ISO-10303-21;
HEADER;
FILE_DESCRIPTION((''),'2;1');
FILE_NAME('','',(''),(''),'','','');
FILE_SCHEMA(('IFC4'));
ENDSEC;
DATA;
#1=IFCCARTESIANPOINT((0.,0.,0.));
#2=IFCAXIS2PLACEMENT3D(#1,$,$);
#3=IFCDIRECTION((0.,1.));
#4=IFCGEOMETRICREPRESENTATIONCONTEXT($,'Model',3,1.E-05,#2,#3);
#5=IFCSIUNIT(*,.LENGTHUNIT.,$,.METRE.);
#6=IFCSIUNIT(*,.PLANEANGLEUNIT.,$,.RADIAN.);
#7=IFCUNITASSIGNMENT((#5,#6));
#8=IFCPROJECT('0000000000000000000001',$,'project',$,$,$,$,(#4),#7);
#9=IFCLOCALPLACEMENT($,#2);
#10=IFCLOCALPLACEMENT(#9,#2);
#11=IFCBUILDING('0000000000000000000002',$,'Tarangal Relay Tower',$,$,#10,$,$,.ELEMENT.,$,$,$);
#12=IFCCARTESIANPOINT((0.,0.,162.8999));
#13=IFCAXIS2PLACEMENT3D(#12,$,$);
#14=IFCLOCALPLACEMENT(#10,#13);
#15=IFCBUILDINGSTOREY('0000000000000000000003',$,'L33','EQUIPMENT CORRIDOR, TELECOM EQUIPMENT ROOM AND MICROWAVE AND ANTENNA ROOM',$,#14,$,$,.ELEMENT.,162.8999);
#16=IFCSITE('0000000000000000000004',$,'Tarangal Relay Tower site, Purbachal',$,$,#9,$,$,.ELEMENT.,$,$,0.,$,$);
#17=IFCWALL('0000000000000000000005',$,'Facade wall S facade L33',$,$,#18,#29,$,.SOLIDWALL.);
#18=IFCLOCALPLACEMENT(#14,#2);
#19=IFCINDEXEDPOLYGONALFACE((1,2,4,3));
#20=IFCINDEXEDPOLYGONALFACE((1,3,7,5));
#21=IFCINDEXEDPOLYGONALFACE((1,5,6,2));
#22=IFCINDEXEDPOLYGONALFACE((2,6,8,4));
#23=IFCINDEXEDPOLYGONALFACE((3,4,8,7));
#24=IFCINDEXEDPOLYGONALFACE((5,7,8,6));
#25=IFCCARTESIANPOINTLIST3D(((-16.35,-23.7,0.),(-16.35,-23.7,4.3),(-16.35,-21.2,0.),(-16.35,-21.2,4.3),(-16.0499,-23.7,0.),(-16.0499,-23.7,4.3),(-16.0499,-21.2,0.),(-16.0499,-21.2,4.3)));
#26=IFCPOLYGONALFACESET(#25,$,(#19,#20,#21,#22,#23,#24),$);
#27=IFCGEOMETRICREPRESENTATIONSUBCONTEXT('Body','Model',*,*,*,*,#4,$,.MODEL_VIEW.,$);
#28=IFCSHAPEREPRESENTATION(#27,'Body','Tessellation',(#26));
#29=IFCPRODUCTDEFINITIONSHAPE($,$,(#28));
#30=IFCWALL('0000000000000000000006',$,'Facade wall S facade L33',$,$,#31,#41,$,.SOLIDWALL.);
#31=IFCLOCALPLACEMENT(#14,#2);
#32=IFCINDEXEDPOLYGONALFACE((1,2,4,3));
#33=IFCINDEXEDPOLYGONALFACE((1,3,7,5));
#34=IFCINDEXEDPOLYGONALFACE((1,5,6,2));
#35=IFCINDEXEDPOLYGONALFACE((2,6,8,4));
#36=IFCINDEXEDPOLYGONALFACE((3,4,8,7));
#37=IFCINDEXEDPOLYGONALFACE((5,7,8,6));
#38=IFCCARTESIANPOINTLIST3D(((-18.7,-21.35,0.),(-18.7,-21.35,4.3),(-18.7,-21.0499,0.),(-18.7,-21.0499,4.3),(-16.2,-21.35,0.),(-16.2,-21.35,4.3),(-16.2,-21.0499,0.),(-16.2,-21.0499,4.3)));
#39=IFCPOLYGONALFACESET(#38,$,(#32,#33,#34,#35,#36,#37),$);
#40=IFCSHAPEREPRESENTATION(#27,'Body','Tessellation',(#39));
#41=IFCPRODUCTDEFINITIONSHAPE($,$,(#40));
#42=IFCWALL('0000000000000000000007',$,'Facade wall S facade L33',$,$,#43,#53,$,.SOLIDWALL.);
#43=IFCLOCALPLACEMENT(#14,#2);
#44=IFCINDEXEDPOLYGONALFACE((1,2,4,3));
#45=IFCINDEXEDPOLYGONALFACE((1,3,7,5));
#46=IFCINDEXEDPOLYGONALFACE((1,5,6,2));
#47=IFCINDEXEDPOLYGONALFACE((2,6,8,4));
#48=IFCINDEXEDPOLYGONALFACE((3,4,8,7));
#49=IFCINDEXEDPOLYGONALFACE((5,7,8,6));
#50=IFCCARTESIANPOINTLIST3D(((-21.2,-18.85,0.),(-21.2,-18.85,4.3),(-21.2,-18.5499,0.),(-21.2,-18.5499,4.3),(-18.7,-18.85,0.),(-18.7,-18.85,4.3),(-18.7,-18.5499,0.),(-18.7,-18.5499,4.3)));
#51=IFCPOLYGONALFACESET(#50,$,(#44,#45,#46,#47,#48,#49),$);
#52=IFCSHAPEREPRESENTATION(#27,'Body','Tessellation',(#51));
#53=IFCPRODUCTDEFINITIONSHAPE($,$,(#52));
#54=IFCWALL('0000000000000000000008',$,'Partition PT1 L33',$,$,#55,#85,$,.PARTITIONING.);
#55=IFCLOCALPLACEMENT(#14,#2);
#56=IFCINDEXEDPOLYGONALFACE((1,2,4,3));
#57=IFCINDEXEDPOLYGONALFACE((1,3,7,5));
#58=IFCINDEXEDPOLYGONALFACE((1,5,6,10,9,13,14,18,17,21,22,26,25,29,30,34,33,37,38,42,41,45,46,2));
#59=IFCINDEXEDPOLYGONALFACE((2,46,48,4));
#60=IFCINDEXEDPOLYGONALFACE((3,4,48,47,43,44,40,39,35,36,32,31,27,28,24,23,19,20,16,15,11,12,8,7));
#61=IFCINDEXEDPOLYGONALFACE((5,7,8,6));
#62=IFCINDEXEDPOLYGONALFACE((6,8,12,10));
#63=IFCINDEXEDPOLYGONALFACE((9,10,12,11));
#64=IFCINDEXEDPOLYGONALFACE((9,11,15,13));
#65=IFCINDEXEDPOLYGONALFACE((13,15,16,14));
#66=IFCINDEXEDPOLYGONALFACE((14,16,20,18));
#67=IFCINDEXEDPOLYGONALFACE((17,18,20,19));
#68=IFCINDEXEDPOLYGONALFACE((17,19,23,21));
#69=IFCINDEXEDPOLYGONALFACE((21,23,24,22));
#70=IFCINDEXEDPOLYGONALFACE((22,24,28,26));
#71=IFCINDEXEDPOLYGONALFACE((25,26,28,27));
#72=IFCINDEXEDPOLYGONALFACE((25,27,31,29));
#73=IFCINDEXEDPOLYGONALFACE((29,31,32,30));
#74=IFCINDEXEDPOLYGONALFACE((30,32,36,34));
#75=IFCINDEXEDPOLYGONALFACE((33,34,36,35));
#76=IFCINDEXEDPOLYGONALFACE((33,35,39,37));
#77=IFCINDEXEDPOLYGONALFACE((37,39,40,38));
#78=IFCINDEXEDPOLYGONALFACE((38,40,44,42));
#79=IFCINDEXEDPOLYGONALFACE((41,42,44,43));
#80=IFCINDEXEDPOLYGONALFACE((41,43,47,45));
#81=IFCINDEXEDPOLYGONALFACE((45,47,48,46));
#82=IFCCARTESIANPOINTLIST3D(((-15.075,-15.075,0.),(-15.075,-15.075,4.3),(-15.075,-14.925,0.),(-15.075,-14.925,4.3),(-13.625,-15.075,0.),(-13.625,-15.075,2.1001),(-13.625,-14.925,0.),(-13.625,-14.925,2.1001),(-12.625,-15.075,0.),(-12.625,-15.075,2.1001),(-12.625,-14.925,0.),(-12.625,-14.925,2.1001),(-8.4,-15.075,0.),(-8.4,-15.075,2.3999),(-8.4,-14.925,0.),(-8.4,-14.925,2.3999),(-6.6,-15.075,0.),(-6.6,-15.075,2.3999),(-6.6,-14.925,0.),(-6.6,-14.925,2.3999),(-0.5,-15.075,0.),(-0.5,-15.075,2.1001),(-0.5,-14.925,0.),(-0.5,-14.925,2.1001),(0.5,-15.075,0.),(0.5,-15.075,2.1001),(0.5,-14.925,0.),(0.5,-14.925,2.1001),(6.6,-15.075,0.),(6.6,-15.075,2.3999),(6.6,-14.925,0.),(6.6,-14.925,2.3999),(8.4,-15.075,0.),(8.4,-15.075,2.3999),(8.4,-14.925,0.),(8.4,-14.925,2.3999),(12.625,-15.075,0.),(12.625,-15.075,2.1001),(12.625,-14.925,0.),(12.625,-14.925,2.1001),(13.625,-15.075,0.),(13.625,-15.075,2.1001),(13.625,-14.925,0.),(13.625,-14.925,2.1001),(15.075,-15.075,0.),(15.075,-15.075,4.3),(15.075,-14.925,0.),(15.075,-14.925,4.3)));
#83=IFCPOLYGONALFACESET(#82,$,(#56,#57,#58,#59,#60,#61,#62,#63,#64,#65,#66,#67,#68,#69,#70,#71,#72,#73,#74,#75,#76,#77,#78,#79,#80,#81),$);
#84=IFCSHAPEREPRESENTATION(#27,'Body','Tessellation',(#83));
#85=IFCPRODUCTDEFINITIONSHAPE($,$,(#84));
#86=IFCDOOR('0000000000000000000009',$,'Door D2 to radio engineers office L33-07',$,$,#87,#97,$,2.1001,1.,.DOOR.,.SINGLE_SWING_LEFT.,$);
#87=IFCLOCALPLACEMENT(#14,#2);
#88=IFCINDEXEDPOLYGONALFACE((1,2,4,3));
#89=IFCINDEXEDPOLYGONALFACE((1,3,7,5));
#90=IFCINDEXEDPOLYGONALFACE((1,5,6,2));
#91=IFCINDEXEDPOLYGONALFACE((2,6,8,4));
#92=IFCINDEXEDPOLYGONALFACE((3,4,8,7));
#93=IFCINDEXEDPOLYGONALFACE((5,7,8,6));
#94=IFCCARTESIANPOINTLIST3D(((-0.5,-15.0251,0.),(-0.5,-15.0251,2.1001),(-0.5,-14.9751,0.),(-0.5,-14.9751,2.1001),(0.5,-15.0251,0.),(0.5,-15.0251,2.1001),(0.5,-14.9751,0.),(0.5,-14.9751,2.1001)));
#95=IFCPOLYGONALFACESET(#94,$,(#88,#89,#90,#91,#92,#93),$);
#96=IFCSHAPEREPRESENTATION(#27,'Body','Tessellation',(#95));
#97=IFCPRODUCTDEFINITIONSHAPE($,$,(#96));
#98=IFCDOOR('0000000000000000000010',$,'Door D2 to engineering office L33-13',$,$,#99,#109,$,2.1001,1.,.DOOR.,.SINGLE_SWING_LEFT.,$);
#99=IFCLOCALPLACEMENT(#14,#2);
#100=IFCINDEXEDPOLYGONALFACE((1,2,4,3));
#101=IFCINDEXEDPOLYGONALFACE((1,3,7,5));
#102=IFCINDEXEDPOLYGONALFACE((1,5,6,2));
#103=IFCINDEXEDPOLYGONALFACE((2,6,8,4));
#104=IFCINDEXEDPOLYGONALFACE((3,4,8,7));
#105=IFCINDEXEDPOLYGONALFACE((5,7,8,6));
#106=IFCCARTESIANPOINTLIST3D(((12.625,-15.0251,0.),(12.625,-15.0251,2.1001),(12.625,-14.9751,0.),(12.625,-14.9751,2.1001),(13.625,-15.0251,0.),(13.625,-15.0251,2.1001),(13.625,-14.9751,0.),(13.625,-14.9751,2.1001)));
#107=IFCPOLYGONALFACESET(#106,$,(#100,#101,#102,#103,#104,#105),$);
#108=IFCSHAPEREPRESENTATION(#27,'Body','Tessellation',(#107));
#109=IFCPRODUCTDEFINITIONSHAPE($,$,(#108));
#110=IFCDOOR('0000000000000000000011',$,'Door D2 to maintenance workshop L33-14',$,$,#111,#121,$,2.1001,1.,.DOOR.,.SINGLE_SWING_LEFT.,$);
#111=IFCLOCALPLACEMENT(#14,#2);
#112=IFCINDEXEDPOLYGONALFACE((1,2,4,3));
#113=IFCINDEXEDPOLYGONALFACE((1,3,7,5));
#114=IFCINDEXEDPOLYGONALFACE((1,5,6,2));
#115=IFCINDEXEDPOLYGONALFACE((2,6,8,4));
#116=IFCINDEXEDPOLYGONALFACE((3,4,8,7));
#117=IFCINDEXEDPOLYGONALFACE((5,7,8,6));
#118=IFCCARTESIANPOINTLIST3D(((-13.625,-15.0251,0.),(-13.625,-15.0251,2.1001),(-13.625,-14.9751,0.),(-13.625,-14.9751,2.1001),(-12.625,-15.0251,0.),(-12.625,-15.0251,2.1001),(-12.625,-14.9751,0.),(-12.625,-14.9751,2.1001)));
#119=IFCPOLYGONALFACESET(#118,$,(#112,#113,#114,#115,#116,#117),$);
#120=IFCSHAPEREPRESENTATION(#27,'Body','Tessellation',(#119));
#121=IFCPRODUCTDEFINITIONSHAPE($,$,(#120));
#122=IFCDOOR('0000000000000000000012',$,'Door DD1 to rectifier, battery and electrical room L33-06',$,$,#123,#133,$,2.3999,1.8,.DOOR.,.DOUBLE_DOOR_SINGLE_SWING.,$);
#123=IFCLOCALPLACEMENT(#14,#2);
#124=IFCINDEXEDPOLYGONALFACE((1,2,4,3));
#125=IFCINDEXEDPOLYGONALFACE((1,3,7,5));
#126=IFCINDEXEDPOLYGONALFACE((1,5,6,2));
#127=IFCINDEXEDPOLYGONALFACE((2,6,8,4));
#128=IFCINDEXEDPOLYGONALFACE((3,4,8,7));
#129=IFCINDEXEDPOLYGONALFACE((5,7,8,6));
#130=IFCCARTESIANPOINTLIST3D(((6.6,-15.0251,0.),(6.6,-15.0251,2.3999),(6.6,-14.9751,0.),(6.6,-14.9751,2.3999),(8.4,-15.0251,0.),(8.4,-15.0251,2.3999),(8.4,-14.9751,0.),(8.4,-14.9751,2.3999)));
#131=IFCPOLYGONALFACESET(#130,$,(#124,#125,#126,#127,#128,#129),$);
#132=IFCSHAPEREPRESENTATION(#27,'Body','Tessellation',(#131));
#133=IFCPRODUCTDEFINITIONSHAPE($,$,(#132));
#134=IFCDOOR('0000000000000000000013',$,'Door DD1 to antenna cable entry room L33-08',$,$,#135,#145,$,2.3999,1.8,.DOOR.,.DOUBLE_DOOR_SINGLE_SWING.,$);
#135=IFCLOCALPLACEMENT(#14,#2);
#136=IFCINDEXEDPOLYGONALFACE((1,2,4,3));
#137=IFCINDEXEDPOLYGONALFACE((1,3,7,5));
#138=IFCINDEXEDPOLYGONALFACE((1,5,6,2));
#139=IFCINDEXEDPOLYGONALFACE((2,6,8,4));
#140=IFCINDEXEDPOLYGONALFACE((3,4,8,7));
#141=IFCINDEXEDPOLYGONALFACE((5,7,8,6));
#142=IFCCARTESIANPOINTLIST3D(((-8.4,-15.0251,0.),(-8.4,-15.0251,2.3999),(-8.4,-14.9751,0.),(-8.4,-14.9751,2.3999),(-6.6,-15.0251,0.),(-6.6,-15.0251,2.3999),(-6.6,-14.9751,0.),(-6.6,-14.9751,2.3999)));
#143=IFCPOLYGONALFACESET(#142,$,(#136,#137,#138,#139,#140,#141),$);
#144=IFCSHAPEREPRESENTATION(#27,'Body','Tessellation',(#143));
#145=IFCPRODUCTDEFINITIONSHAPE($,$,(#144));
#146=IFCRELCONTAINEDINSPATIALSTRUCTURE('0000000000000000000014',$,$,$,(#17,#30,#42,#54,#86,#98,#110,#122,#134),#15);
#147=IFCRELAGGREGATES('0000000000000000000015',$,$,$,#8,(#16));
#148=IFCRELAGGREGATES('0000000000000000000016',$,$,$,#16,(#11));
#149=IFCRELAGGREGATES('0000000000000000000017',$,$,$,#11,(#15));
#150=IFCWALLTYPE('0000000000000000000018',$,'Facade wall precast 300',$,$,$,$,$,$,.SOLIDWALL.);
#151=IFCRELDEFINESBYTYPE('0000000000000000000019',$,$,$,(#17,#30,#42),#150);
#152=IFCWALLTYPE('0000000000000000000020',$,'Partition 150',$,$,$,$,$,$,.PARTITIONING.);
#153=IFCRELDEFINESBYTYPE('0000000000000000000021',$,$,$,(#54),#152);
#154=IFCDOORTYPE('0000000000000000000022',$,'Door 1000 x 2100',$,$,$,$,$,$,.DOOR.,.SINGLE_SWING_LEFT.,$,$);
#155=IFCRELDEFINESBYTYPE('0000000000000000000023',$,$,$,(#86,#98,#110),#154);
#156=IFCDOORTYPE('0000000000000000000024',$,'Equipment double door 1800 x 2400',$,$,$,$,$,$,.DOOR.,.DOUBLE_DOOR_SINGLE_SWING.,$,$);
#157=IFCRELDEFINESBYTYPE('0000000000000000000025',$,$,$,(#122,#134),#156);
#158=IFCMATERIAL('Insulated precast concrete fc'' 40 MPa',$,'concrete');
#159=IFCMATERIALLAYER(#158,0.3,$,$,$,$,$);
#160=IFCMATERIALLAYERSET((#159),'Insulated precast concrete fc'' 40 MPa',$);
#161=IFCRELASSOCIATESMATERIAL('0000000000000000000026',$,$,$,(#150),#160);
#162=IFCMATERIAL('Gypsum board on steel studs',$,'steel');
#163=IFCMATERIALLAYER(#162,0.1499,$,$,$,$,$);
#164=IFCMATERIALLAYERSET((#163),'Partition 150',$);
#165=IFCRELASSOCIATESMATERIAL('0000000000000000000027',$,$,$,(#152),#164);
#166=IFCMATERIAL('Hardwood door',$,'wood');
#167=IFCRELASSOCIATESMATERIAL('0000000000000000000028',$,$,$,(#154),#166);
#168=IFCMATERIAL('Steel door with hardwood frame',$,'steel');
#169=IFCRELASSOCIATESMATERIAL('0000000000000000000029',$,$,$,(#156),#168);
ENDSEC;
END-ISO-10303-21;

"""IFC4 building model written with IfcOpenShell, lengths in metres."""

from ifc_helpers import new_model, si_unit, direction, frame, frame_2d, origin, place, context, subcontext, project, spatial, rectangle, extrude, material, layer, layer_set, type_object, element, fill, save


model = new_model("IFC4")

# Units and contexts
model_context = context("Model", 3, precision=1e-05, world=origin(), true_north=direction((0.0, 1.0)))
body_context = subcontext(model_context, "Body", "Model", "MODEL_VIEW")
ifc_project = project(units=[si_unit("LENGTHUNIT", "METRE"), si_unit("PLANEANGLEUNIT", "RADIAN")], contexts=[model_context])

# Site, building, storey
site_placement = place(None, origin())
site = spatial("IfcSite", under=ifc_project, at=site_placement, Name="Tarangal Relay Tower site, Purbachal", CompositionType="ELEMENT", RefElevation=0.0)
building_placement = place(site_placement, origin())
building = spatial("IfcBuilding", under=site, at=building_placement, Name="Tarangal Relay Tower", CompositionType="ELEMENT")
storey_placement = place(building_placement, frame((0.0, 0.0, 162.8999)))
storey = spatial("IfcBuildingStorey", under=building, at=storey_placement, Name="L33", Description="EQUIPMENT CORRIDOR, TELECOM EQUIPMENT ROOM AND MICROWAVE AND ANTENNA ROOM", CompositionType="ELEMENT", Elevation=162.8999)

# Walls
ifc_material_1 = material(Name="Insulated precast concrete fc' 40 MPa", Category="concrete")
ifc_layer_1 = layer(ifc_material_1, 0.3)
ifc_layer_set_1 = layer_set([ifc_layer_1], Name="Insulated precast concrete fc' 40 MPa")
wall_type_1 = type_object("IfcWallType", Name="Facade wall precast 300", PredefinedType="SOLIDWALL", material=ifc_layer_set_1)
for number, where, z_axis, x_axis, name in (
    (1, (-16.2, -23.7, 0.0), (0.0, 0.0, 1.0), (0.0, 1.0, 0.0), "Facade wall S facade L33"),
    (2, (-16.2, -21.2, 0.0), (0.0, 0.0, 1.0), (-1.0, 0.0, 0.0), "Facade wall S facade L33"),
):
    element("IfcWall", number, at=place(storey_placement, frame(where, z_axis=z_axis, x_axis=x_axis)), inside=storey, type_object=wall_type_1, Name=name, PredefinedType="SOLIDWALL", context=body_context, shape_type="SweptSolid", body=[
        extrude(rectangle(XDim=2.5, YDim=0.3, at=frame_2d((1.25, 0.0))), origin(), (0.0, 0.0, 1.0), 4.3),
    ])

# Wall
wall_1_placement = place(storey_placement, frame((-18.7, -18.7, 0.0), z_axis=(0.0, 0.0, 1.0), x_axis=(-1.0, 0.0, 0.0)))
element("IfcWall", 3, at=wall_1_placement, inside=storey, type_object=wall_type_1, Name="Facade wall S facade L33", PredefinedType="SOLIDWALL", context=body_context, shape_type="SweptSolid", body=[
    extrude(rectangle(XDim=2.5, YDim=0.3, at=frame_2d((1.25, 0.0))), origin(), (0.0, 0.0, 1.0), 4.3),
])

# Wall, openings, doors
ifc_material_2 = material(Name="Gypsum board on steel studs", Category="steel")
ifc_layer_2 = layer(ifc_material_2, 0.1499)
ifc_layer_set_2 = layer_set([ifc_layer_2], Name="Partition 150")
wall_type_2 = type_object("IfcWallType", Name="Partition 150", PredefinedType="PARTITIONING", material=ifc_layer_set_2)
wall_2_placement = place(storey_placement, frame((-15.075, -15.0, 0.0), z_axis=(0.0, 0.0, 1.0), x_axis=(1.0, 0.0, 0.0)))
wall_2 = element("IfcWall", 4, at=wall_2_placement, inside=storey, type_object=wall_type_2, Name="Partition PT1 L33", PredefinedType="PARTITIONING", context=body_context, shape_type="SweptSolid", body=[
    extrude(rectangle(XDim=30.1499, YDim=0.1499, at=frame_2d((15.075, 0.0))), origin(), (0.0, 0.0, 1.0), 4.3),
])
opening_1_placement = place(wall_2_placement, frame((21.675, 0.0, 0.0)))
opening_1 = element("IfcOpeningElement", 5, at=opening_1_placement, cuts=wall_2, PredefinedType="OPENING", context=body_context, shape_type="SweptSolid", body=[
    extrude(rectangle(XDim=1.8, YDim=2.3999, at=frame_2d((0.8999, 1.2))), frame((0.0, 0.085, 0.0), z_axis=(0.0, -1.0, 0.0), x_axis=(1.0, 0.0, 0.0)), (0.0, 0.0, 1.0), 0.1699),
])
opening_2_placement = place(wall_2_placement, frame((14.575, 0.0, 0.0)))
opening_2 = element("IfcOpeningElement", 6, at=opening_2_placement, cuts=wall_2, PredefinedType="OPENING", context=body_context, shape_type="SweptSolid", body=[
    extrude(rectangle(XDim=1.0, YDim=2.1001, at=frame_2d((0.5, 1.05))), frame((0.0, 0.085, 0.0), z_axis=(0.0, -1.0, 0.0), x_axis=(1.0, 0.0, 0.0)), (0.0, 0.0, 1.0), 0.1699),
])
opening_3_placement = place(wall_2_placement, frame((6.675, 0.0, 0.0)))
opening_3 = element("IfcOpeningElement", 7, at=opening_3_placement, cuts=wall_2, PredefinedType="OPENING", context=body_context, shape_type="SweptSolid", body=[
    extrude(rectangle(XDim=1.8, YDim=2.3999, at=frame_2d((0.8999, 1.2))), frame((0.0, 0.085, 0.0), z_axis=(0.0, -1.0, 0.0), x_axis=(1.0, 0.0, 0.0)), (0.0, 0.0, 1.0), 0.1699),
])
opening_4_placement = place(wall_2_placement, frame((27.7, 0.0, 0.0)))
opening_4 = element("IfcOpeningElement", 8, at=opening_4_placement, cuts=wall_2, PredefinedType="OPENING", context=body_context, shape_type="SweptSolid", body=[
    extrude(rectangle(XDim=1.0, YDim=2.1001, at=frame_2d((0.5, 1.05))), frame((0.0, 0.085, 0.0), z_axis=(0.0, -1.0, 0.0), x_axis=(1.0, 0.0, 0.0)), (0.0, 0.0, 1.0), 0.1699),
])
opening_5_placement = place(wall_2_placement, frame((1.45, 0.0, 0.0)))
opening_5 = element("IfcOpeningElement", 9, at=opening_5_placement, cuts=wall_2, PredefinedType="OPENING", context=body_context, shape_type="SweptSolid", body=[
    extrude(rectangle(XDim=1.0, YDim=2.1001, at=frame_2d((0.5, 1.05))), frame((0.0, 0.085, 0.0), z_axis=(0.0, -1.0, 0.0), x_axis=(1.0, 0.0, 0.0)), (0.0, 0.0, 1.0), 0.1699),
])
ifc_material_3 = material(Name="Hardwood door", Category="wood")
door_type_1 = type_object("IfcDoorType", Name="Door 1000 x 2100", OperationType="SINGLE_SWING_LEFT", PredefinedType="DOOR", material=ifc_material_3)
door_1_placement = place(opening_2_placement, origin())
door_1 = element("IfcDoor", 10, at=door_1_placement, inside=storey, type_object=door_type_1, Name="Door D2 to radio engineers office L33-07", OperationType="SINGLE_SWING_LEFT", OverallHeight=2.1001, OverallWidth=1.0, PredefinedType="DOOR", context=body_context, shape_type="SweptSolid", body=[
    extrude(rectangle(XDim=1.0, YDim=2.1001, at=frame_2d((0.5, 1.05))), frame((0.0, 0.0249, 0.0), z_axis=(0.0, -1.0, 0.0), x_axis=(1.0, 0.0, 0.0)), (0.0, 0.0, 1.0), 0.05),
])
fill(opening_2, door_1)
door_2_placement = place(opening_4_placement, origin())
door_2 = element("IfcDoor", 11, at=door_2_placement, inside=storey, type_object=door_type_1, Name="Door D2 to engineering office L33-13", OperationType="SINGLE_SWING_LEFT", OverallHeight=2.1001, OverallWidth=1.0, PredefinedType="DOOR", context=body_context, shape_type="SweptSolid", body=[
    extrude(rectangle(XDim=1.0, YDim=2.1001, at=frame_2d((0.5, 1.05))), frame((0.0, 0.0249, 0.0), z_axis=(0.0, -1.0, 0.0), x_axis=(1.0, 0.0, 0.0)), (0.0, 0.0, 1.0), 0.05),
])
fill(opening_4, door_2)
door_3_placement = place(opening_5_placement, origin())
door_3 = element("IfcDoor", 12, at=door_3_placement, inside=storey, type_object=door_type_1, Name="Door D2 to maintenance workshop L33-14", OperationType="SINGLE_SWING_LEFT", OverallHeight=2.1001, OverallWidth=1.0, PredefinedType="DOOR", context=body_context, shape_type="SweptSolid", body=[
    extrude(rectangle(XDim=1.0, YDim=2.1001, at=frame_2d((0.5, 1.05))), frame((0.0, 0.0249, 0.0), z_axis=(0.0, -1.0, 0.0), x_axis=(1.0, 0.0, 0.0)), (0.0, 0.0, 1.0), 0.05),
])
fill(opening_5, door_3)
ifc_material_4 = material(Name="Steel door with hardwood frame", Category="steel")
door_type_2 = type_object("IfcDoorType", Name="Equipment double door 1800 x 2400", OperationType="DOUBLE_DOOR_SINGLE_SWING", PredefinedType="DOOR", material=ifc_material_4)
door_4_placement = place(opening_1_placement, origin())
door_4 = element("IfcDoor", 13, at=door_4_placement, inside=storey, type_object=door_type_2, Name="Door DD1 to rectifier, battery and electrical room L33-06", OperationType="DOUBLE_DOOR_SINGLE_SWING", OverallHeight=2.3999, OverallWidth=1.8, PredefinedType="DOOR", context=body_context, shape_type="SweptSolid", body=[
    extrude(rectangle(XDim=1.8, YDim=2.3999, at=frame_2d((0.8999, 1.2))), frame((0.0, 0.0249, 0.0), z_axis=(0.0, -1.0, 0.0), x_axis=(1.0, 0.0, 0.0)), (0.0, 0.0, 1.0), 0.05),
])
fill(opening_1, door_4)
door_5_placement = place(opening_3_placement, origin())
door_5 = element("IfcDoor", 14, at=door_5_placement, inside=storey, type_object=door_type_2, Name="Door DD1 to antenna cable entry room L33-08", OperationType="DOUBLE_DOOR_SINGLE_SWING", OverallHeight=2.3999, OverallWidth=1.8, PredefinedType="DOOR", context=body_context, shape_type="SweptSolid", body=[
    extrude(rectangle(XDim=1.8, YDim=2.3999, at=frame_2d((0.8999, 1.2))), frame((0.0, 0.0249, 0.0), z_axis=(0.0, -1.0, 0.0), x_axis=(1.0, 0.0, 0.0)), (0.0, 0.0, 1.0), 0.05),
])
fill(opening_3, door_5)

save(model, "model.ifc")
